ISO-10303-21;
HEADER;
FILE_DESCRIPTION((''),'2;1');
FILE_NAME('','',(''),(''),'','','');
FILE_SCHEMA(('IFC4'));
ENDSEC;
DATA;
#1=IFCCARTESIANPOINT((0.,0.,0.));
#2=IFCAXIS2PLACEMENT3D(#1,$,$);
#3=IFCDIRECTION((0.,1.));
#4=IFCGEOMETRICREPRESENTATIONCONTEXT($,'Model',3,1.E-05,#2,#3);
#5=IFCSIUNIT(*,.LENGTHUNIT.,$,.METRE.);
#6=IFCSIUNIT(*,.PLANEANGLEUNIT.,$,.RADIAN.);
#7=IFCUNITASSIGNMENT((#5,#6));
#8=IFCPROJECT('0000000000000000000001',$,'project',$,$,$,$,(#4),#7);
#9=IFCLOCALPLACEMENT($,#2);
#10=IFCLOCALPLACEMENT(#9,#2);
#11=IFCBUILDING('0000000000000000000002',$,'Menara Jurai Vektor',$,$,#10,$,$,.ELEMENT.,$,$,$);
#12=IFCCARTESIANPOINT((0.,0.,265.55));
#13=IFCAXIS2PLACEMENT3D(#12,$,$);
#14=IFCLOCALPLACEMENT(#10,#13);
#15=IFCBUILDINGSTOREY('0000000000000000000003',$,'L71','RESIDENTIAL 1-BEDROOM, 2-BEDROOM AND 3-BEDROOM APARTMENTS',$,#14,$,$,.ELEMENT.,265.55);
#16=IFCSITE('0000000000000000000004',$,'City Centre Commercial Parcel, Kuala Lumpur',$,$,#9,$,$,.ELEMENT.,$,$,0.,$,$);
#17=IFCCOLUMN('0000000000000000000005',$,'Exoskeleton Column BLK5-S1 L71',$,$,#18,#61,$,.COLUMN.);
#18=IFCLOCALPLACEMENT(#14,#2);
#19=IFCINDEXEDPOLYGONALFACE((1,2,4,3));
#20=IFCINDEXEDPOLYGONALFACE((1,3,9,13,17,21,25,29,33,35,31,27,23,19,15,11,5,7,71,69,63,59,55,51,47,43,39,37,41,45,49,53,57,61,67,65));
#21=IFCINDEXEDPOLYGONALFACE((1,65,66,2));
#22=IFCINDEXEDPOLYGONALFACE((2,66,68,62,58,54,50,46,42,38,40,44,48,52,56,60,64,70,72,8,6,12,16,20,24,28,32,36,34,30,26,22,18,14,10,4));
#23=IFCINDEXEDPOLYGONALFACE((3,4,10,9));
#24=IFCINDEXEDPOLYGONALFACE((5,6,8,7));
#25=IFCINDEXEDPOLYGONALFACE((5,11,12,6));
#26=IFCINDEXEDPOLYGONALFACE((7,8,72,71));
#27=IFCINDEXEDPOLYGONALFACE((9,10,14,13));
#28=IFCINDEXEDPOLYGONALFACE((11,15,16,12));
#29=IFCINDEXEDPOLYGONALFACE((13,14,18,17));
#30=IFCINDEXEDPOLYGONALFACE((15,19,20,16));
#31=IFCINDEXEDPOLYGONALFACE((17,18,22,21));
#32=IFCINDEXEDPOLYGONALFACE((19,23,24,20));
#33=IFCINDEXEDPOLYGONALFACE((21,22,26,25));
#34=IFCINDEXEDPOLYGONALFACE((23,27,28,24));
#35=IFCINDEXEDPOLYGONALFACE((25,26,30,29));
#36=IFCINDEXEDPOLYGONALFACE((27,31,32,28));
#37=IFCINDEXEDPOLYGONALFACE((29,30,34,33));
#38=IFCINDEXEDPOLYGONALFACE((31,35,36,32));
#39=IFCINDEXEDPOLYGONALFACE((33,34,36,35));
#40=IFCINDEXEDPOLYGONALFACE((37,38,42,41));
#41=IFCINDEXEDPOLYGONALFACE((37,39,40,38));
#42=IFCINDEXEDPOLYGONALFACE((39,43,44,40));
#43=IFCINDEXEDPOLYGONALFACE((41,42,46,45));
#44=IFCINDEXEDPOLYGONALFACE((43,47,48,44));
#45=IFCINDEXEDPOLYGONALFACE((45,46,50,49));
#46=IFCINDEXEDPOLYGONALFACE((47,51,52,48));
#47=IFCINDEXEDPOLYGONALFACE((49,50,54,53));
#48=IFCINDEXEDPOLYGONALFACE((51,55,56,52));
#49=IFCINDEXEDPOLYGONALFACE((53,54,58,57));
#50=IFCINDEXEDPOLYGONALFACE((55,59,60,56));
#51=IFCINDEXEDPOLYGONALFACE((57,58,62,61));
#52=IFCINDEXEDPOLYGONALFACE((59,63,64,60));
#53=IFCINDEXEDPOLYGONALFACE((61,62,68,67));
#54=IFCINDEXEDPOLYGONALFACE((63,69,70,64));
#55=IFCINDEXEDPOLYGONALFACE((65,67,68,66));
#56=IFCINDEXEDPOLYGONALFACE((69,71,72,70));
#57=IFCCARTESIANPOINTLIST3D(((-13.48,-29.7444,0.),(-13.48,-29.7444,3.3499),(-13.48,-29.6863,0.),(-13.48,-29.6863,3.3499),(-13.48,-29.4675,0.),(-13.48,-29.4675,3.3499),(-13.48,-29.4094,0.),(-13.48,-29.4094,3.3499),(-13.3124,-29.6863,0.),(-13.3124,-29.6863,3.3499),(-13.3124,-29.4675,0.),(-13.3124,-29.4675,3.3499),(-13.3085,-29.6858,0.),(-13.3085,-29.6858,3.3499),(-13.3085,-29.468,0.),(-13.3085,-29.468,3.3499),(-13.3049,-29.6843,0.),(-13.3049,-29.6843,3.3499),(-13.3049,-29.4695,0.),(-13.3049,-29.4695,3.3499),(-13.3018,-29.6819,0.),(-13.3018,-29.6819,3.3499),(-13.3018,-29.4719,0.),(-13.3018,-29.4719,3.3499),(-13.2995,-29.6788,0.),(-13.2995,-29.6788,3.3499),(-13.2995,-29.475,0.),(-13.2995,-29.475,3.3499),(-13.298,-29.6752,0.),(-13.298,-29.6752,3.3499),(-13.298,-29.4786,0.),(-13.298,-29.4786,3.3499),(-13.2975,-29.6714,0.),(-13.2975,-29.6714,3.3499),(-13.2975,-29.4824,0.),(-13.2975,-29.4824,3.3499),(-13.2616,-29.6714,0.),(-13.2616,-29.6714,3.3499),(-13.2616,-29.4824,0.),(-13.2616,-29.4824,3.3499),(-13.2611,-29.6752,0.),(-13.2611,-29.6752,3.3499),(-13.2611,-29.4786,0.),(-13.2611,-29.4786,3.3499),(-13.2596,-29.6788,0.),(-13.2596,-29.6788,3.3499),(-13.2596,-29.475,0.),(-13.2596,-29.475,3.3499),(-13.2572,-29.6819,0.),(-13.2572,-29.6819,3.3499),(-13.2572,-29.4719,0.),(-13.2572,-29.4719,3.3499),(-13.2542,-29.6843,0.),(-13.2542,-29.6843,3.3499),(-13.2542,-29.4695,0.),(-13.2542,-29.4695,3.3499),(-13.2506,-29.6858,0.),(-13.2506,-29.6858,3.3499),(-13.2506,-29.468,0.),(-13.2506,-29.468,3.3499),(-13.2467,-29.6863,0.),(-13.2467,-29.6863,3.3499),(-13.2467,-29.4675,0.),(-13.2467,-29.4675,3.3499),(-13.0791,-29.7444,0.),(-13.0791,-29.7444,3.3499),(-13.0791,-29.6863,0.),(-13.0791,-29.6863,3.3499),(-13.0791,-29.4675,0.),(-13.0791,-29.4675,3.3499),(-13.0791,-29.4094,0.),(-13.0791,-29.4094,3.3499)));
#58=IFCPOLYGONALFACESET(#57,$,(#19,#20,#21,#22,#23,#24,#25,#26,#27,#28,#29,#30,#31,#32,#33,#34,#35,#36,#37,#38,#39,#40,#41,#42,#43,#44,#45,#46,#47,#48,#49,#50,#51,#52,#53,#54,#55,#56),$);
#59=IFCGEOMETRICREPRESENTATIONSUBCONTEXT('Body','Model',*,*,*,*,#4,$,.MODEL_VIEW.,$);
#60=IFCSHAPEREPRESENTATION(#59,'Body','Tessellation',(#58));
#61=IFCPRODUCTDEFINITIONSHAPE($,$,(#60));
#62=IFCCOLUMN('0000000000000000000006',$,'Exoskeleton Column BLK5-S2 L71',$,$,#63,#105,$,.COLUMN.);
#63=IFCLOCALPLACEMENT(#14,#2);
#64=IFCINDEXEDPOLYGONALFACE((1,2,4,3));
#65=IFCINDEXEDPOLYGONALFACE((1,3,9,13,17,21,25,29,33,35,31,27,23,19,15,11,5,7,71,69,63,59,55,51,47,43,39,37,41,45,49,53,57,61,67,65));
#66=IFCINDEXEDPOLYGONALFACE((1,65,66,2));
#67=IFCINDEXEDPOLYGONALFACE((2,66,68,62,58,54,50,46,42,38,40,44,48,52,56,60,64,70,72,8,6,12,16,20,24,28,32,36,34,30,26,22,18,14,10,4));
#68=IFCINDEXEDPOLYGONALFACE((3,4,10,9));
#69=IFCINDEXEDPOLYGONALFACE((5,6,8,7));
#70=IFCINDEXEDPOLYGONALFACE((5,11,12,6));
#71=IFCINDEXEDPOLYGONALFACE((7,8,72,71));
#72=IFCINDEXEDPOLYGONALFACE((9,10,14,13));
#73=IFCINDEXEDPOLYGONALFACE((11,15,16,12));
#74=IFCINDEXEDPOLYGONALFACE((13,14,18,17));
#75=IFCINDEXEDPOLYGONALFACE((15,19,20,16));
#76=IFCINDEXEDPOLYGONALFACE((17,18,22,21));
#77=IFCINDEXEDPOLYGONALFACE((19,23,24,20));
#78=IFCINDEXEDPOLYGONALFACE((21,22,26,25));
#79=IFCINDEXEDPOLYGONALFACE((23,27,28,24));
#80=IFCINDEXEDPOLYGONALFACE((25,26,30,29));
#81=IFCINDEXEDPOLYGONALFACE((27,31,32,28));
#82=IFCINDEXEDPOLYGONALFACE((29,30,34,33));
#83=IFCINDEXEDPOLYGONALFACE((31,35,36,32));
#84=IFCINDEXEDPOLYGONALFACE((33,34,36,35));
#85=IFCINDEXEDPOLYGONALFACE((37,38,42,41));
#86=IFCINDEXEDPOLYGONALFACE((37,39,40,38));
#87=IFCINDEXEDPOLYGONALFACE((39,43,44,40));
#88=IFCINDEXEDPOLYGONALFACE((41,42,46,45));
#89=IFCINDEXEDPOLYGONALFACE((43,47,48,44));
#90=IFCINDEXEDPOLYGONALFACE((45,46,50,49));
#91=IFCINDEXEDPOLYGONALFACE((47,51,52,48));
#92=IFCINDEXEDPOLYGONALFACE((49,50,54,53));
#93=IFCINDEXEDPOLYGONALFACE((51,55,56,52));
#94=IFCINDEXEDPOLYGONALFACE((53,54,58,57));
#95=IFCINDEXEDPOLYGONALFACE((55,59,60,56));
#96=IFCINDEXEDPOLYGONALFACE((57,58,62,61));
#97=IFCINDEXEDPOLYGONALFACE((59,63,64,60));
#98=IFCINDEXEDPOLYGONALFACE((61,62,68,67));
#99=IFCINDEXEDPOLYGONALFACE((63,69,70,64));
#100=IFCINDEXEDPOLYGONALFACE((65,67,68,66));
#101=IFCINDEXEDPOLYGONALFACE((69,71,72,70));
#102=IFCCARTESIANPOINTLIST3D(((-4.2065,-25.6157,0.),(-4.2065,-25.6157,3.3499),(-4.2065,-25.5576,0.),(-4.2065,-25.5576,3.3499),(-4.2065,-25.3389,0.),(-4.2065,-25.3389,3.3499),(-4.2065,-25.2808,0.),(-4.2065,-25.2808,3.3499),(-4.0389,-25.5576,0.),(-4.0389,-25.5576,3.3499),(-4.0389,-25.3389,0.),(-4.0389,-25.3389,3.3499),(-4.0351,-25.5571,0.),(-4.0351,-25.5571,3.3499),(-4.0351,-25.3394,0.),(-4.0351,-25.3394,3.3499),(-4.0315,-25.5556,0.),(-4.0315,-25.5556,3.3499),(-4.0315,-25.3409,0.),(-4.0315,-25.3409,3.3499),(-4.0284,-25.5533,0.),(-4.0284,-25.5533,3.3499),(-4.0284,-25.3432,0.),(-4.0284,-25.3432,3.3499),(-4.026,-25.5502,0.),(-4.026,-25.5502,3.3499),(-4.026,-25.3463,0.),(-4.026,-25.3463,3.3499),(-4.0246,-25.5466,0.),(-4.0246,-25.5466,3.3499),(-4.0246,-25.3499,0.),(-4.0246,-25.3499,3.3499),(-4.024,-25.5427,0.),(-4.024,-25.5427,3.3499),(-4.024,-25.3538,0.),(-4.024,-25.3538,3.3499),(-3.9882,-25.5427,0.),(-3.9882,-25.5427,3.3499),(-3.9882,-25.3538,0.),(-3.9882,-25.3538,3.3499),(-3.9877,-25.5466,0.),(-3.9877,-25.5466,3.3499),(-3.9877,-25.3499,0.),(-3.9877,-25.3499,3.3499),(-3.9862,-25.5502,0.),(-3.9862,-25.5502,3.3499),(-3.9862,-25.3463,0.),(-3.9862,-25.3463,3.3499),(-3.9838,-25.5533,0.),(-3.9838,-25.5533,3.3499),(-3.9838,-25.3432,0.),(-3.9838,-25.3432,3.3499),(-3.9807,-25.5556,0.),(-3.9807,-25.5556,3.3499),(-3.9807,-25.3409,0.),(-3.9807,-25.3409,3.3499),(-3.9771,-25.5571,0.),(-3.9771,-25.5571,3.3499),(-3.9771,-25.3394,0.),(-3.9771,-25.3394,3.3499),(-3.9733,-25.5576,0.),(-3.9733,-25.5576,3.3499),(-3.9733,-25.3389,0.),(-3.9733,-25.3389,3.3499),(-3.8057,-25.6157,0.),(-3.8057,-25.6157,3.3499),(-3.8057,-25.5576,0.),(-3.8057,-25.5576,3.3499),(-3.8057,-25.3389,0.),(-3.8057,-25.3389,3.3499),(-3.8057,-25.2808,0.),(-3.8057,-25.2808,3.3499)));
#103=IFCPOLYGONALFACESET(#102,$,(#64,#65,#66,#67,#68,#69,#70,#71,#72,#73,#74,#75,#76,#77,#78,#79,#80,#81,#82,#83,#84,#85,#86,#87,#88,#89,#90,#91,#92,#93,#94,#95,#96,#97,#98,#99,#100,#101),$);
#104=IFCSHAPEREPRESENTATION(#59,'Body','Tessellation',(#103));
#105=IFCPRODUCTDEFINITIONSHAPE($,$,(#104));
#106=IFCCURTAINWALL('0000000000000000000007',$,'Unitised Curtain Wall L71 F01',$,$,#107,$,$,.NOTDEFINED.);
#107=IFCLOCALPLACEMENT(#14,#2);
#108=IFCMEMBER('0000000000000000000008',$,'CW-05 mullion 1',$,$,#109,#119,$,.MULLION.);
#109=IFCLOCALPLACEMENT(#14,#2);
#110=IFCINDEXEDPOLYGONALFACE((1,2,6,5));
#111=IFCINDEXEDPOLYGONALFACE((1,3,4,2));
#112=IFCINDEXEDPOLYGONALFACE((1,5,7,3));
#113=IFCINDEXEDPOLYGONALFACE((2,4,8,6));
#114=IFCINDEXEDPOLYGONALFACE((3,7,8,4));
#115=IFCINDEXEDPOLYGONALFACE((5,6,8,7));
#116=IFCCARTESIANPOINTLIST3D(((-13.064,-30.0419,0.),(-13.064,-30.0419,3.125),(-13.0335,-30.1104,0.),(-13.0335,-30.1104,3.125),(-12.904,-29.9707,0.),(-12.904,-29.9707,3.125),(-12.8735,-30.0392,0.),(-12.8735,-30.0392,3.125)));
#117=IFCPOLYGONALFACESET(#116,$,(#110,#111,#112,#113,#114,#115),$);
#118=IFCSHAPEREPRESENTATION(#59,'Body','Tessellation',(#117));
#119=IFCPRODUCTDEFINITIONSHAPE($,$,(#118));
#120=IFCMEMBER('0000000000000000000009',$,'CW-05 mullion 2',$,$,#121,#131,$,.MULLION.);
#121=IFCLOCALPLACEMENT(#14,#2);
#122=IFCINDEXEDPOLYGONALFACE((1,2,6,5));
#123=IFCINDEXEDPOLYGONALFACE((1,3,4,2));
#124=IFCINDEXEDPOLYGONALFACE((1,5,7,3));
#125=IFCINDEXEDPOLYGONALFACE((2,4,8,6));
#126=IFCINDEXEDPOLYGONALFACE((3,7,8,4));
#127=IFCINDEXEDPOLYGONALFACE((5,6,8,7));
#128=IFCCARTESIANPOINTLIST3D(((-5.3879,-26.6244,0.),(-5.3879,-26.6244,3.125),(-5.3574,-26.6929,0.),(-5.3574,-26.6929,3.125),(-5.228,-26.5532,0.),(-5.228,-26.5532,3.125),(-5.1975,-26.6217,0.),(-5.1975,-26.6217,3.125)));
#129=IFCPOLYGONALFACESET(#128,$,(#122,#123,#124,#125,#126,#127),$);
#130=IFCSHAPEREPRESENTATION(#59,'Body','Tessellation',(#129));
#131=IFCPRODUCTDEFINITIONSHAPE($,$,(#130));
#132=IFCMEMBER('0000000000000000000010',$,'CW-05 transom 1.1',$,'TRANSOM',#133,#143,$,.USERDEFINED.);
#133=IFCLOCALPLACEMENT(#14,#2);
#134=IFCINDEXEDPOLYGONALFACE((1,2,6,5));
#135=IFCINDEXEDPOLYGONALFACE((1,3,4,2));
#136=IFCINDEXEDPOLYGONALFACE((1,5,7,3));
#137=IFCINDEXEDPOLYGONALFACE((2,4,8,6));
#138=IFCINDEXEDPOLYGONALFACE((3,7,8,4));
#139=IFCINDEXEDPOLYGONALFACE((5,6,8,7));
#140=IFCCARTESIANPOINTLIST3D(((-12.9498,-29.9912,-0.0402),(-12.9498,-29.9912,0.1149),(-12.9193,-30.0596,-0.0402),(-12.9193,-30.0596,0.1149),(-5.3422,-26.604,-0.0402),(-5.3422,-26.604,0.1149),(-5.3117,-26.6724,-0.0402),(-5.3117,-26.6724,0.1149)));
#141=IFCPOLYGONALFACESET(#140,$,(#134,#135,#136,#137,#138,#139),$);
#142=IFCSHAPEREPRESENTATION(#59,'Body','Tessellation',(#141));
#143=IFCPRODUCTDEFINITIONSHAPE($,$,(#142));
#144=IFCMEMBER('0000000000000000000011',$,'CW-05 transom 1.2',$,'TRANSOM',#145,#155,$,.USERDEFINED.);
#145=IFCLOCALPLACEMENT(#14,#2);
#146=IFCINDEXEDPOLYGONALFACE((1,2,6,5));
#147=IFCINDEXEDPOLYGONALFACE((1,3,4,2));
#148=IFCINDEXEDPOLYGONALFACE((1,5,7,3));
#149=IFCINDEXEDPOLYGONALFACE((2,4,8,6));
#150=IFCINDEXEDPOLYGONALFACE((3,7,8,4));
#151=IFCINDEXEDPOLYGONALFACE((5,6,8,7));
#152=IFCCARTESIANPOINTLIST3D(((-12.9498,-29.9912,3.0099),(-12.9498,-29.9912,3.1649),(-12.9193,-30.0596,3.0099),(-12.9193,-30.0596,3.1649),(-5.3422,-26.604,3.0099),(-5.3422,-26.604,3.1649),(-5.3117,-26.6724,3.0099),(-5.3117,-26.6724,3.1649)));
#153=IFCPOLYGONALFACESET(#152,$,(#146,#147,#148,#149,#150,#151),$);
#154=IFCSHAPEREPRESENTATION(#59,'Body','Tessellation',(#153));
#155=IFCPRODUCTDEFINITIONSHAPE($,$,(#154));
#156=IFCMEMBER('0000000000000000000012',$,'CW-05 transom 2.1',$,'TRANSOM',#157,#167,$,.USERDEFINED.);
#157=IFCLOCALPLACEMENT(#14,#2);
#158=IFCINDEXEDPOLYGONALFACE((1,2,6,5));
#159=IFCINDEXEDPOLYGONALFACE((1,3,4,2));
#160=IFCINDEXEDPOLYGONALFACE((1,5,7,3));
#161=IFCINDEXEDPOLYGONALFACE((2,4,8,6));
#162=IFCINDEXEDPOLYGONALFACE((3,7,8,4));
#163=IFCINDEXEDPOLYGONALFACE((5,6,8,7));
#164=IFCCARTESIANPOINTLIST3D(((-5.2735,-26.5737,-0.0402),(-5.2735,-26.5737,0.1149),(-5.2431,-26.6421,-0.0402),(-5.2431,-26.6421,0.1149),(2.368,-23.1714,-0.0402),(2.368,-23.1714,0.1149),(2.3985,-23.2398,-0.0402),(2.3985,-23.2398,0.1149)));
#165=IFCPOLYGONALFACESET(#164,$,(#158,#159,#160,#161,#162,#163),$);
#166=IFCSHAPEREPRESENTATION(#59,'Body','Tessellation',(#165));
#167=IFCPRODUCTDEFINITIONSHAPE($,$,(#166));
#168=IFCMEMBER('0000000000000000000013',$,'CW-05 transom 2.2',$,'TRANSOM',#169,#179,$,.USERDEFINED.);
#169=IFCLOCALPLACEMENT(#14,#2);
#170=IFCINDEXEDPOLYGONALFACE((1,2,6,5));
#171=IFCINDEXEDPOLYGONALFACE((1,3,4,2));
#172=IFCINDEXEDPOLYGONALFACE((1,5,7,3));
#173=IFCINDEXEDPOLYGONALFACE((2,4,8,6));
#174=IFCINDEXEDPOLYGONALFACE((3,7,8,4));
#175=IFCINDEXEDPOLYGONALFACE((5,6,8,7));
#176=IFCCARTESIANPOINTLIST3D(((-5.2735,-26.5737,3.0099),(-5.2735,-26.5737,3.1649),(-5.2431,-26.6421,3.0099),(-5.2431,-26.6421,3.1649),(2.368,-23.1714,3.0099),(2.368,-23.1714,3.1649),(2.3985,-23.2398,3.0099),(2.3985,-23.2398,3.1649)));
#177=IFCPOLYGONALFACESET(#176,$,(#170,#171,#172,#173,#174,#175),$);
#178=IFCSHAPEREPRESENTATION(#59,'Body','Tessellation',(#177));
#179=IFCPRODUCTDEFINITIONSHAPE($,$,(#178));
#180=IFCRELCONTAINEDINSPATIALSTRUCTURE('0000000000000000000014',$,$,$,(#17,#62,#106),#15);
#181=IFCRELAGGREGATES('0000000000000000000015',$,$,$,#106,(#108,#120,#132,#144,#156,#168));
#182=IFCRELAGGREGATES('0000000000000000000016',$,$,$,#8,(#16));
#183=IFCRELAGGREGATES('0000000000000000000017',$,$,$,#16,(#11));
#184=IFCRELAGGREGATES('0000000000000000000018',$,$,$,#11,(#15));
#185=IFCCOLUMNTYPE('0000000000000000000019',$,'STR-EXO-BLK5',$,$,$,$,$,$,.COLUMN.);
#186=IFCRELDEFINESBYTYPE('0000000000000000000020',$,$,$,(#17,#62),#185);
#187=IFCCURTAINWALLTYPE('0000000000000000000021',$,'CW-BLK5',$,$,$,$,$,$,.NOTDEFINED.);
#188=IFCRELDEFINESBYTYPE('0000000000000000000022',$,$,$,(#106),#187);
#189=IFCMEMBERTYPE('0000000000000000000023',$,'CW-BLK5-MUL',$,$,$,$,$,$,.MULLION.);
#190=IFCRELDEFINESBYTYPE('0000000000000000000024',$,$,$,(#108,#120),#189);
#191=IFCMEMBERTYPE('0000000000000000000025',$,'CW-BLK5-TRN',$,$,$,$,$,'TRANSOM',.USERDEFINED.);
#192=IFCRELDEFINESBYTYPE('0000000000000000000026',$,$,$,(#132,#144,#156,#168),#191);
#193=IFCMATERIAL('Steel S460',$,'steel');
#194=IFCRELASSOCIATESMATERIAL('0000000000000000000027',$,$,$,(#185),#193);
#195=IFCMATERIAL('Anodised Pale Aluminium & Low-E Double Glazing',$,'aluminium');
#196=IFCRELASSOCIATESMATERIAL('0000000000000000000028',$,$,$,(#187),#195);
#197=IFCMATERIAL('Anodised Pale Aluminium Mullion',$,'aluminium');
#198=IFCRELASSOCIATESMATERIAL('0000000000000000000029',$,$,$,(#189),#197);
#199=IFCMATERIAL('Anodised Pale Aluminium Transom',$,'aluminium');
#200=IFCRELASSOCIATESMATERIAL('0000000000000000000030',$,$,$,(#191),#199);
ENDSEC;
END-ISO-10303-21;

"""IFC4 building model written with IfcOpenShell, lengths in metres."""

from ifc_helpers import new_model, si_unit, direction, frame, origin, origin_2d, place, context, subcontext, project, spatial, rectangle, i_section, extrude, material, material_profile, profile_set, type_object, element, aggregate, save


model = new_model("IFC4")

# Units and contexts
model_context = context("Model", 3, precision=1e-05, world=origin(), true_north=direction((0.0, 1.0)))
body_context = subcontext(model_context, "Body", "Model", "MODEL_VIEW")
ifc_project = project(units=[si_unit("LENGTHUNIT", "METRE"), si_unit("PLANEANGLEUNIT", "RADIAN")], contexts=[model_context])

# Site, building, storey
site_placement = place(None, origin())
site = spatial("IfcSite", under=ifc_project, at=site_placement, Name="City Centre Commercial Parcel, Kuala Lumpur", CompositionType="ELEMENT", RefElevation=0.0)
building_placement = place(site_placement, origin())
building = spatial("IfcBuilding", under=site, at=building_placement, Name="Menara Jurai Vektor", CompositionType="ELEMENT")
storey_placement = place(building_placement, frame((0.0, 0.0, 265.55)))
storey = spatial("IfcBuildingStorey", under=building, at=storey_placement, Name="L71", Description="RESIDENTIAL 1-BEDROOM, 2-BEDROOM AND 3-BEDROOM APARTMENTS", CompositionType="ELEMENT", Elevation=265.55)

# Columns
ifc_material_1 = material(Name="Steel S460", Category="steel")
ifc_material_profile_1 = material_profile(ifc_material_1, i_section(OverallWidth=0.4009, OverallDepth=0.335, WebThickness=0.0359, FlangeThickness=0.0581, FilletRadius=0.0149, at=origin_2d()), Name="HD 400x463")
ifc_profile_set_1 = profile_set([ifc_material_profile_1], Name="Steel S460")
column_type = type_object("IfcColumnType", Name="STR-EXO-BLK5", PredefinedType="COLUMN", material=ifc_profile_set_1)
for number, where, z_axis, x_axis, name in (
    (1, (-13.2795, -29.5769, 0.0), (0.0, 0.0, 1.0), (1.0, 0.0, 0.0), "Exoskeleton Column BLK5-S1 L71"),
    (2, (-4.0061, -25.4482, 0.0), (0.0, 0.0, 1.0), (1.0, 0.0, 0.0), "Exoskeleton Column BLK5-S2 L71"),
):
    element("IfcColumn", number, at=place(storey_placement, frame(where, z_axis=z_axis, x_axis=x_axis)), inside=storey, type_object=column_type, Name=name, PredefinedType="COLUMN", context=body_context, shape_type="SweptSolid", body=[
        extrude(i_section(OverallWidth=0.4009, OverallDepth=0.335, WebThickness=0.0359, FlangeThickness=0.0581, FilletRadius=0.0149, at=origin_2d()), origin(), (0.0, 0.0, 1.0), 3.3499),
    ])

# Curtain wall, members
ifc_material_2 = material(Name="Anodised Pale Aluminium & Low-E Double Glazing", Category="aluminium")
curtain_wall_type = type_object("IfcCurtainWallType", Name="CW-BLK5", PredefinedType="NOTDEFINED", material=ifc_material_2)
curtain_wall_placement = place(storey_placement, origin())
curtain_wall = element("IfcCurtainWall", 3, at=curtain_wall_placement, inside=storey, type_object=curtain_wall_type, Name="Unitised Curtain Wall L71 F01", PredefinedType="NOTDEFINED")
ifc_material_3 = material(Name="Anodised Pale Aluminium Mullion", Category="aluminium")
ifc_material_profile_2 = material_profile(ifc_material_3, rectangle(XDim=0.075, YDim=0.175, at=origin_2d()), Name="ALU MUL 75x175")
ifc_profile_set_2 = profile_set([ifc_material_profile_2], Name="Anodised Pale Aluminium Mullion")
member_type_1 = type_object("IfcMemberType", Name="CW-BLK5-MUL", PredefinedType="MULLION", material=ifc_profile_set_2)
member_1_placement = place(storey_placement, frame((-12.9688, -30.0405, 0.0), z_axis=(0.0, 0.0, 1.0), x_axis=(-0.406735, 0.913546, 0.0)))
member_1 = element("IfcMember", 4, at=member_1_placement, type_object=member_type_1, Name="CW-05 mullion 1", PredefinedType="MULLION", context=body_context, shape_type="SweptSolid", body=[
    extrude(rectangle(XDim=0.075, YDim=0.175, at=origin_2d()), origin(), (0.0, 0.0, 1.0), 3.125),
])
member_2_placement = place(storey_placement, frame((-5.2927, -26.623, 0.0), z_axis=(0.0, 0.0, 1.0), x_axis=(-0.406735, 0.913546, 0.0)))
member_2 = element("IfcMember", 5, at=member_2_placement, type_object=member_type_1, Name="CW-05 mullion 2", PredefinedType="MULLION", context=body_context, shape_type="SweptSolid", body=[
    extrude(rectangle(XDim=0.075, YDim=0.175, at=origin_2d()), origin(), (0.0, 0.0, 1.0), 3.125),
])
ifc_material_4 = material(Name="Anodised Pale Aluminium Transom", Category="aluminium")
ifc_material_profile_3 = material_profile(ifc_material_4, rectangle(XDim=0.075, YDim=0.155, at=origin_2d()), Name="ALU TRN 75x155")
ifc_profile_set_3 = profile_set([ifc_material_profile_3], Name="Anodised Pale Aluminium Transom")
member_type_2 = type_object("IfcMemberType", Name="CW-BLK5-TRN", ElementType="TRANSOM", PredefinedType="USERDEFINED", material=ifc_profile_set_3)
member_3_placement = place(storey_placement, frame((-12.9346, -30.0254, 0.0374), z_axis=(0.913543, 0.406742, 0.0), x_axis=(-0.406742, 0.913543, 0.0)))
member_3 = element("IfcMember", 6, at=member_3_placement, type_object=member_type_2, Name="CW-05 transom 1.1", ObjectType="TRANSOM", PredefinedType="USERDEFINED", context=body_context, shape_type="SweptSolid", body=[
    extrude(rectangle(XDim=0.075, YDim=0.155, at=origin_2d()), origin(), (0.0, 0.0, 1.0), 8.3276),
])
member_4_placement = place(storey_placement, frame((-12.9346, -30.0254, 3.0874), z_axis=(0.913543, 0.406742, 0.0), x_axis=(-0.406742, 0.913543, 0.0)))
member_4 = element("IfcMember", 7, at=member_4_placement, type_object=member_type_2, Name="CW-05 transom 1.2", ObjectType="TRANSOM", PredefinedType="USERDEFINED", context=body_context, shape_type="SweptSolid", body=[
    extrude(rectangle(XDim=0.075, YDim=0.155, at=origin_2d()), origin(), (0.0, 0.0, 1.0), 8.3276),
])
member_5_placement = place(storey_placement, frame((-5.2583, -26.6079, 0.0374), z_axis=(0.913542, 0.406745, 0.0), x_axis=(-0.406745, 0.913542, 0.0)))
member_5 = element("IfcMember", 8, at=member_5_placement, type_object=member_type_2, Name="CW-05 transom 2.1", ObjectType="TRANSOM", PredefinedType="USERDEFINED", context=body_context, shape_type="SweptSolid", body=[
    extrude(rectangle(XDim=0.075, YDim=0.155, at=origin_2d()), origin(), (0.0, 0.0, 1.0), 8.3647),
])
member_6_placement = place(storey_placement, frame((-5.2583, -26.6079, 3.0874), z_axis=(0.913542, 0.406745, 0.0), x_axis=(-0.406745, 0.913542, 0.0)))
member_6 = element("IfcMember", 9, at=member_6_placement, type_object=member_type_2, Name="CW-05 transom 2.2", ObjectType="TRANSOM", PredefinedType="USERDEFINED", context=body_context, shape_type="SweptSolid", body=[
    extrude(rectangle(XDim=0.075, YDim=0.155, at=origin_2d()), origin(), (0.0, 0.0, 1.0), 8.3647),
])

aggregate(curtain_wall, [member_1, member_2, member_3, member_4, member_5, member_6])

save(model, "model.ifc")
